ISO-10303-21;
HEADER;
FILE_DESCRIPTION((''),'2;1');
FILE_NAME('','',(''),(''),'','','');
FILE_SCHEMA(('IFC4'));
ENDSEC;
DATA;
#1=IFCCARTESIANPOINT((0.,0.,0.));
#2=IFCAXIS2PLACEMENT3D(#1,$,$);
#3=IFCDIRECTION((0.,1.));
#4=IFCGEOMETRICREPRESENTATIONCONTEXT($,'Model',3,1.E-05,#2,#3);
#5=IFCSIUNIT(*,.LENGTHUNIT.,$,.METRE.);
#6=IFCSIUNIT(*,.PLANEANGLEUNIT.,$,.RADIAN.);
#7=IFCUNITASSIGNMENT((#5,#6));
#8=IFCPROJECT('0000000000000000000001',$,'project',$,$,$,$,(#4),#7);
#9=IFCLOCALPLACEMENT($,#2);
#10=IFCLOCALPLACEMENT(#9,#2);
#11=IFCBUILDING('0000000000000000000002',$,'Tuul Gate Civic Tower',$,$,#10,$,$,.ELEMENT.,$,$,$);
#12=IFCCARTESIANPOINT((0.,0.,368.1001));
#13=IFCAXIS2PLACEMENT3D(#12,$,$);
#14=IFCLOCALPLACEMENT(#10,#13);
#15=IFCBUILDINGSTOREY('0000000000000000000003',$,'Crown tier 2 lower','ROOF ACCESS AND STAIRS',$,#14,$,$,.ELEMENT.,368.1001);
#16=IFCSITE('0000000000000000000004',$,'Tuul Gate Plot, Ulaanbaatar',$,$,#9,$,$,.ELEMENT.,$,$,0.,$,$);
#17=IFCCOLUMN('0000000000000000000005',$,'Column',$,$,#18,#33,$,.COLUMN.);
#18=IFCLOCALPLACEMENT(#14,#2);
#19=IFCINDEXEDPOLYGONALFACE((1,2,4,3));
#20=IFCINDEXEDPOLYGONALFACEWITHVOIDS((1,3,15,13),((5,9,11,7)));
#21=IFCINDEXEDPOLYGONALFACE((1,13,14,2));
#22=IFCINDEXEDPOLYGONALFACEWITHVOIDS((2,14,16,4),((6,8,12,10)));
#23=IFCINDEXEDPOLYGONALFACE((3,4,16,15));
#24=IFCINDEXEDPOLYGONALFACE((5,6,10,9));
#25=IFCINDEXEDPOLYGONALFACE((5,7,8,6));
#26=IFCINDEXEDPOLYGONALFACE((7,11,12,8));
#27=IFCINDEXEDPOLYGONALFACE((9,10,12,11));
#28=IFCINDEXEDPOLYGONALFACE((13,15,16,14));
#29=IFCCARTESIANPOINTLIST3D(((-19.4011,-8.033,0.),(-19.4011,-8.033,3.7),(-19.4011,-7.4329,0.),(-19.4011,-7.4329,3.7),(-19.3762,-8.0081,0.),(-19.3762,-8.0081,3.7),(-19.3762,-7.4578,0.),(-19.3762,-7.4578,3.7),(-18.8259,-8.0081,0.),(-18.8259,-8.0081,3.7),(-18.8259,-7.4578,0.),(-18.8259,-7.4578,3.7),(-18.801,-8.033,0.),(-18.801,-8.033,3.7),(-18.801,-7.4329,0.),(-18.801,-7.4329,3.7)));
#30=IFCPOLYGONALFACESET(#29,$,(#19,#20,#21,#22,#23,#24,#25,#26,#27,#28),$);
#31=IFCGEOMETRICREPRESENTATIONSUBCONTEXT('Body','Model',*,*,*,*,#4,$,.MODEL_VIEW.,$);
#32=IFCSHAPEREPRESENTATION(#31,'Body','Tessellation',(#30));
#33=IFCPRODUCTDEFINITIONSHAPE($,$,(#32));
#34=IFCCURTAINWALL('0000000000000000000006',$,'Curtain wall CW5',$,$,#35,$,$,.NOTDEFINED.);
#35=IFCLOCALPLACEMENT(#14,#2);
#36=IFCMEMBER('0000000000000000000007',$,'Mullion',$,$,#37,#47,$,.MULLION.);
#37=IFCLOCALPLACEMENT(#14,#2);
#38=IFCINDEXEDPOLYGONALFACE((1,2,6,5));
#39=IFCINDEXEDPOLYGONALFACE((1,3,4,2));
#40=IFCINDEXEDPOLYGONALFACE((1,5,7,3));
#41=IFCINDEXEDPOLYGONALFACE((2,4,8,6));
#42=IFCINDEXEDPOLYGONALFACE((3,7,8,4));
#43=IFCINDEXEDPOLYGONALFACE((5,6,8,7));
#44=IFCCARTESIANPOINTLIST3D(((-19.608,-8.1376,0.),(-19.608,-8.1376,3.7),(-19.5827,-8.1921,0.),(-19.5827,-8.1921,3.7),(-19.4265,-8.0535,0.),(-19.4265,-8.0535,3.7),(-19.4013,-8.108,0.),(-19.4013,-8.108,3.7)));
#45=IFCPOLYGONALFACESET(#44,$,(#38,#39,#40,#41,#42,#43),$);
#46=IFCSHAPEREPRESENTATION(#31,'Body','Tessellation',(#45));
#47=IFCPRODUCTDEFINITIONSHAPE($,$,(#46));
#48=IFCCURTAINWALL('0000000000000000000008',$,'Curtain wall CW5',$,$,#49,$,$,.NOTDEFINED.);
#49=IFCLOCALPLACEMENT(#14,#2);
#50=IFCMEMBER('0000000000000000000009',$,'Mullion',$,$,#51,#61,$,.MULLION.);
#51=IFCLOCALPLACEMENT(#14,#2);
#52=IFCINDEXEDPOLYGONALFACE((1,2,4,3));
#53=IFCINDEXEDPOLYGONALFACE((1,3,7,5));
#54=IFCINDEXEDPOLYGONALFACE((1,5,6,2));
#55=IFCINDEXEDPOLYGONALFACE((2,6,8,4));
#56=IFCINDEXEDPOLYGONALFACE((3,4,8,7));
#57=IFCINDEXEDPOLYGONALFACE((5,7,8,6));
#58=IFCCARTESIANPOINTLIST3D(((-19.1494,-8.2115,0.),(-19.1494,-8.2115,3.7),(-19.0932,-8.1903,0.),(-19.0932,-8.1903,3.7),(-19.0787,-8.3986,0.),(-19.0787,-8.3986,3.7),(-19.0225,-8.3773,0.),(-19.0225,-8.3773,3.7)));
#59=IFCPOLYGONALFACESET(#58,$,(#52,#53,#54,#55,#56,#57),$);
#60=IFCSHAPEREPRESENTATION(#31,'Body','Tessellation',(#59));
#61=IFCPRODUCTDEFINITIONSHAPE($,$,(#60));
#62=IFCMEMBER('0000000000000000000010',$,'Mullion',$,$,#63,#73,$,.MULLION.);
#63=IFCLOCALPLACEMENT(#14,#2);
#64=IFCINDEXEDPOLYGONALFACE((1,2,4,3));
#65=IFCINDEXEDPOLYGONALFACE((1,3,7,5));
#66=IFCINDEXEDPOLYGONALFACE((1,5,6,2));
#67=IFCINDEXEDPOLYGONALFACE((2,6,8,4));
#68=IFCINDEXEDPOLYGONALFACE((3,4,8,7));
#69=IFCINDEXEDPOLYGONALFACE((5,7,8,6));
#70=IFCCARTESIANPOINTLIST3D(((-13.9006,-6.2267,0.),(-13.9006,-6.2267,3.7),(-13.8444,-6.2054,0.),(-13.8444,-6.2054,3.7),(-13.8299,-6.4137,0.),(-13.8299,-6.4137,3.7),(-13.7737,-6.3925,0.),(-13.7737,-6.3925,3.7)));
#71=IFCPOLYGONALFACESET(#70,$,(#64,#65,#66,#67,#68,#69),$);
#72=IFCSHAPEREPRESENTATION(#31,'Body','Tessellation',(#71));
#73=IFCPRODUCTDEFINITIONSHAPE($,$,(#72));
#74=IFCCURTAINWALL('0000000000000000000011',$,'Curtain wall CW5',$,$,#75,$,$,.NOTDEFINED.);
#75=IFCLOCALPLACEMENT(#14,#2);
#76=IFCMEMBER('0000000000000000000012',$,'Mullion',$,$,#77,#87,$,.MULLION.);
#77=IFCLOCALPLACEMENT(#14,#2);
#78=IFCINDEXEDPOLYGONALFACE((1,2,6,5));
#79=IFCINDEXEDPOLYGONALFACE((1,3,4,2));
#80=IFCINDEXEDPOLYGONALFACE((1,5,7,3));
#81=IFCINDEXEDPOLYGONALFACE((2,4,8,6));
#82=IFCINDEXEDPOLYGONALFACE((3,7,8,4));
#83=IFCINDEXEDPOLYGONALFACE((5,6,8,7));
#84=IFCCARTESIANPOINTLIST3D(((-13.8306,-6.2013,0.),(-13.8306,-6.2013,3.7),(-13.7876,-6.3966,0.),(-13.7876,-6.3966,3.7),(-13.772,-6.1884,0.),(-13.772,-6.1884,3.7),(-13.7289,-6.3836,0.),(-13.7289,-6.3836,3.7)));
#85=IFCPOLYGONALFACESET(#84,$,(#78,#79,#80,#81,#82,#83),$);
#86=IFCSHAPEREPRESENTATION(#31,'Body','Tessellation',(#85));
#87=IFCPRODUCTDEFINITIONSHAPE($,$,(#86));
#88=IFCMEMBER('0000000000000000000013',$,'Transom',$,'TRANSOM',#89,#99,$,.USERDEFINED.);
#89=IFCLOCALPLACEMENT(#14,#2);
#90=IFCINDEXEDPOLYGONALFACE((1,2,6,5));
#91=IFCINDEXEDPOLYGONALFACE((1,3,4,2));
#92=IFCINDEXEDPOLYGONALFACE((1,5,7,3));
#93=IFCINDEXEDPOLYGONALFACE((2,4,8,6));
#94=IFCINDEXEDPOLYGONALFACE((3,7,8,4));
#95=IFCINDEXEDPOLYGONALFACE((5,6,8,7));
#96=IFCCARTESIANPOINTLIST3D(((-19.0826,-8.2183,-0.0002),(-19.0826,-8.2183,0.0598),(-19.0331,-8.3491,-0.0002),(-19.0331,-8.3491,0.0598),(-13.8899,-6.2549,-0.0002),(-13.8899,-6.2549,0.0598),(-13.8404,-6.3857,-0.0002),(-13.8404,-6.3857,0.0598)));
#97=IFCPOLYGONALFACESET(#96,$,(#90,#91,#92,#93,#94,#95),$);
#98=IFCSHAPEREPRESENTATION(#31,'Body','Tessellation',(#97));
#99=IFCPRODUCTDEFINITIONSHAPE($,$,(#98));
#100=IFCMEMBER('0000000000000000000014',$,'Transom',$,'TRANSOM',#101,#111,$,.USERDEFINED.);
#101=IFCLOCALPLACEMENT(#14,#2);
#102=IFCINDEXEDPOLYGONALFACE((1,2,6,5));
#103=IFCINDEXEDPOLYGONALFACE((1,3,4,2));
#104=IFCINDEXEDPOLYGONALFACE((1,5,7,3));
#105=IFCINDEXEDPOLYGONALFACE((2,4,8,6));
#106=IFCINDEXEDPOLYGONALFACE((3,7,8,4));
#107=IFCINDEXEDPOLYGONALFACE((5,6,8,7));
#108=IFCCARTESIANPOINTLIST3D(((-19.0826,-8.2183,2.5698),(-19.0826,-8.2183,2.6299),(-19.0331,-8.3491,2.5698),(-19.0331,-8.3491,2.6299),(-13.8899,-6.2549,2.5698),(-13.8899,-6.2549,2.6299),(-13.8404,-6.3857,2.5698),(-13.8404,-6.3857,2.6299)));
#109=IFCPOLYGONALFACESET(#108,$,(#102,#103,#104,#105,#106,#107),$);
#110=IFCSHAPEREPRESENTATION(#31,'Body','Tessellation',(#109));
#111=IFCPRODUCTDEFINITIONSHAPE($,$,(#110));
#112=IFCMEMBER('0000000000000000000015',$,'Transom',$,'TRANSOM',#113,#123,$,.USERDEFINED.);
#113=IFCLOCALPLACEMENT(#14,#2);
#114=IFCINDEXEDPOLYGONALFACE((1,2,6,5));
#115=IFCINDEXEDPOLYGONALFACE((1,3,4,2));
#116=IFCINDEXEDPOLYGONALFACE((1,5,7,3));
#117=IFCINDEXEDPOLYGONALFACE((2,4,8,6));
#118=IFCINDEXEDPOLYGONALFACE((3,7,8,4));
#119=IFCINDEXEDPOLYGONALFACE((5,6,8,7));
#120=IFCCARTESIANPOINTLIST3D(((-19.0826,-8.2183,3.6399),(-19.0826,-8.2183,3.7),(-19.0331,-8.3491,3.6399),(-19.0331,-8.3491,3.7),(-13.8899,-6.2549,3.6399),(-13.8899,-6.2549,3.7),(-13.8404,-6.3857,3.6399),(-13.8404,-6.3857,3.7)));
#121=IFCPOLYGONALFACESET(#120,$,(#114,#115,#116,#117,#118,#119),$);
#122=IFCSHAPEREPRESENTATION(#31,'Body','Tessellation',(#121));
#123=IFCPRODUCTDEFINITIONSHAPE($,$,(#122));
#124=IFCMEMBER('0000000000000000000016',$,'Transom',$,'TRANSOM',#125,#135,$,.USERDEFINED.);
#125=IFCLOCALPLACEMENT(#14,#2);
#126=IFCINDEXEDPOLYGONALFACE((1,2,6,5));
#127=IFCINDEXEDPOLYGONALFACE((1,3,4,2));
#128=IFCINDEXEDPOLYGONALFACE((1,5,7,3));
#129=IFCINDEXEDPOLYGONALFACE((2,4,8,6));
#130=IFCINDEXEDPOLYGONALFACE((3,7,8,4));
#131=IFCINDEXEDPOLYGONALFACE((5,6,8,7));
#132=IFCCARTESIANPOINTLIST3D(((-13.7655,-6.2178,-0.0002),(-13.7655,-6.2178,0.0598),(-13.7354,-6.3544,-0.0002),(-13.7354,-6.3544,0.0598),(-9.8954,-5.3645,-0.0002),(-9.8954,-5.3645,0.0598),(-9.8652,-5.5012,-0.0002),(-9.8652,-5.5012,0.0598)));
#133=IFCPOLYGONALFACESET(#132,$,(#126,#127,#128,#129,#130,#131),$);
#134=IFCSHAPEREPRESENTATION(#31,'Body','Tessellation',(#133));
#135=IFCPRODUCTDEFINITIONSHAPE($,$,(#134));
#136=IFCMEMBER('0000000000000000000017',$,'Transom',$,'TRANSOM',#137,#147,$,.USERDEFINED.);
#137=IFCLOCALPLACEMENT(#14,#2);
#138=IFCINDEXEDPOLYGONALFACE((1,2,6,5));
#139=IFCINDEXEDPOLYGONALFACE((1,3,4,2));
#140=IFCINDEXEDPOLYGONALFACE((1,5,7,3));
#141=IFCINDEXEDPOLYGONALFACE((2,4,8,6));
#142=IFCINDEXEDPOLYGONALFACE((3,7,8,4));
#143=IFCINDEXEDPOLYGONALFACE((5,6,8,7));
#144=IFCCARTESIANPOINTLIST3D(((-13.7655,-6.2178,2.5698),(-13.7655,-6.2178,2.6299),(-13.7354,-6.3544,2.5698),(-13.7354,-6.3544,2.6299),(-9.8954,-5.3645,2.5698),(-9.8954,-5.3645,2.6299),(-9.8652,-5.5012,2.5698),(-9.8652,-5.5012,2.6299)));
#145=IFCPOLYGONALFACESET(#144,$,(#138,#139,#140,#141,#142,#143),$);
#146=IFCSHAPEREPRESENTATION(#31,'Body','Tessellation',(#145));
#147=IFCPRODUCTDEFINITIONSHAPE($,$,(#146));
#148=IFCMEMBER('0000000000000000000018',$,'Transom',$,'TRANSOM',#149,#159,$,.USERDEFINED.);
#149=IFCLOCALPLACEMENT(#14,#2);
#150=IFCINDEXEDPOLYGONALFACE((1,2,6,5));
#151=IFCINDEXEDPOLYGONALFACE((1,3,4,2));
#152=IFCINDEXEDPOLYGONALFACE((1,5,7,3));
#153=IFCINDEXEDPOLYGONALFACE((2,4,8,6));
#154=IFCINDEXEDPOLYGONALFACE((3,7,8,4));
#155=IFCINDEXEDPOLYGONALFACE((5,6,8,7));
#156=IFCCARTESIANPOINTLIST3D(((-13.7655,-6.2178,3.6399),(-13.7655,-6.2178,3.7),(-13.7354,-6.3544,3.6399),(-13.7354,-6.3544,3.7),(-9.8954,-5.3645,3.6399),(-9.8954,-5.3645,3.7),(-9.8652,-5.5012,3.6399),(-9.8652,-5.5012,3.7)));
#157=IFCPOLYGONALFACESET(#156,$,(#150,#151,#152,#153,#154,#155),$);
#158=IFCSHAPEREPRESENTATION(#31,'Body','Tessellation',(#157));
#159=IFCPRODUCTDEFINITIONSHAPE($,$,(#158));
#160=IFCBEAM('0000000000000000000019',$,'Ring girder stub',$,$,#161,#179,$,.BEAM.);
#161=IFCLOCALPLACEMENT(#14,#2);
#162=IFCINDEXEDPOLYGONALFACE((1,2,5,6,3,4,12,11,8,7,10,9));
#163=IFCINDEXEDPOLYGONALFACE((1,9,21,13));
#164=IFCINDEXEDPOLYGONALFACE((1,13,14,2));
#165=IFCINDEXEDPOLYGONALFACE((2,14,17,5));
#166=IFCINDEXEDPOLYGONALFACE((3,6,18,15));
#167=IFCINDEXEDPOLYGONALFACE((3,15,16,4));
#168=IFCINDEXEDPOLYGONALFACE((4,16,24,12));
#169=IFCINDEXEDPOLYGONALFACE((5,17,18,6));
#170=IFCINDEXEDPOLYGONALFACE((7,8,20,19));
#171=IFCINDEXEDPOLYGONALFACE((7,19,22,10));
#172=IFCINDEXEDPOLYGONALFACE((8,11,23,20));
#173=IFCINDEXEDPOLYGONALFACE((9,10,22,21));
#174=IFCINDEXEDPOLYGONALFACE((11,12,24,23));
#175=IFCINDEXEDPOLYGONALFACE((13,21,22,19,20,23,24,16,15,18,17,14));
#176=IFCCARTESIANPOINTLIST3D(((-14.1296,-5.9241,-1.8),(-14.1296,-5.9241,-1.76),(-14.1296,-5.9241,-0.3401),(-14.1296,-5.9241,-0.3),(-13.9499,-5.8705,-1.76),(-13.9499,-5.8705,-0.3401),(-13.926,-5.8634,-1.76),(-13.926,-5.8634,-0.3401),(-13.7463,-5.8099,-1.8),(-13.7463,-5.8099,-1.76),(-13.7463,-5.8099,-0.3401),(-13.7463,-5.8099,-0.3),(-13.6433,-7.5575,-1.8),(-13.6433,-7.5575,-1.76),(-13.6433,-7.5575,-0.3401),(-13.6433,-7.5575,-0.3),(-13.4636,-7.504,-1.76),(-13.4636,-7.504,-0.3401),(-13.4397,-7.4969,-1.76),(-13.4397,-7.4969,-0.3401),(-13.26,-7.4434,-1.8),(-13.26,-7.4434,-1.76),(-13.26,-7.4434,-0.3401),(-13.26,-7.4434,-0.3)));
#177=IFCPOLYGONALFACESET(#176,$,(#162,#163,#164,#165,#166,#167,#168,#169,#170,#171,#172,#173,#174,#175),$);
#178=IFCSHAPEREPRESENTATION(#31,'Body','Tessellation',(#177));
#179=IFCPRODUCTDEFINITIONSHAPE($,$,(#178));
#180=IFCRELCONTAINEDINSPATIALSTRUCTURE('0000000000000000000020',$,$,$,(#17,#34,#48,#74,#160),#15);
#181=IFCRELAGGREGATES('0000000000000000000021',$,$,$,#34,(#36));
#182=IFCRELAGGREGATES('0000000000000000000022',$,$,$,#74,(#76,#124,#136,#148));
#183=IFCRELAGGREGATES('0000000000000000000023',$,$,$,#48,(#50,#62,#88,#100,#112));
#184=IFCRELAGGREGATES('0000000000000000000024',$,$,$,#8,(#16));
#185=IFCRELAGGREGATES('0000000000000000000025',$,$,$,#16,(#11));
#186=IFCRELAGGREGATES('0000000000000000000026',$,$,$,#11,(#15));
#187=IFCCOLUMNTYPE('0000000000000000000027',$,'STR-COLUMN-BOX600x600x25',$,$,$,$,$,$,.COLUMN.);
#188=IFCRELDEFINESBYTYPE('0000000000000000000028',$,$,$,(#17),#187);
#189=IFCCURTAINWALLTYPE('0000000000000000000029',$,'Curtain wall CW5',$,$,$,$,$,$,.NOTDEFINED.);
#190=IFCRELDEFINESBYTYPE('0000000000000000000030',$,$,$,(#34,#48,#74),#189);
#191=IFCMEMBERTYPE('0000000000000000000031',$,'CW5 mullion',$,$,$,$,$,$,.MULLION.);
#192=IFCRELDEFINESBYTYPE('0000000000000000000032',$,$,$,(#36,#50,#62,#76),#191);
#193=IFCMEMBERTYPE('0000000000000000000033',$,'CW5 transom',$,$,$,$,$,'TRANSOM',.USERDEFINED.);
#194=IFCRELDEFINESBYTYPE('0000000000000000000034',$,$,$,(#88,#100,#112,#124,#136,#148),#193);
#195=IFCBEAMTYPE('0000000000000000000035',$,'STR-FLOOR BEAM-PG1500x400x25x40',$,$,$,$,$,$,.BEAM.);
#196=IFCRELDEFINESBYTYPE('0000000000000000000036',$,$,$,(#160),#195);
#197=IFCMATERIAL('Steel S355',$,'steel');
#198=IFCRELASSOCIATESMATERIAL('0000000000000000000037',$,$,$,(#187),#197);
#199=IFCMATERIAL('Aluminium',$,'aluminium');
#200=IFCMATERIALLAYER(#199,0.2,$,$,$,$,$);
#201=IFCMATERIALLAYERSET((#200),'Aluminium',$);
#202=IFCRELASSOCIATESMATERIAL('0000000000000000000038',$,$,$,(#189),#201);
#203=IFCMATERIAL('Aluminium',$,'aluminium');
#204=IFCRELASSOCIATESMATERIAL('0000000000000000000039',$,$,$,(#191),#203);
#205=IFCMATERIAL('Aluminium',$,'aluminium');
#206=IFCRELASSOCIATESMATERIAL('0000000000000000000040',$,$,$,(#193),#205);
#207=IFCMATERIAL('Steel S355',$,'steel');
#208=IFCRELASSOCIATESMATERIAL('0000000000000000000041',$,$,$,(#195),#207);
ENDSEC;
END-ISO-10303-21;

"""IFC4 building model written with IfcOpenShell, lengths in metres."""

from ifc_helpers import new_model, si_unit, direction, frame, origin, origin_2d, place, context, subcontext, project, spatial, rectangle, hollow_rectangle, i_section, extrude, material, layer, layer_set, material_profile, profile_set, type_object, element, aggregate, save


model = new_model("IFC4")

# Units and contexts
model_context = context("Model", 3, precision=1e-05, world=origin(), true_north=direction((0.0, 1.0)))
body_context = subcontext(model_context, "Body", "Model", "MODEL_VIEW")
ifc_project = project(units=[si_unit("LENGTHUNIT", "METRE"), si_unit("PLANEANGLEUNIT", "RADIAN")], contexts=[model_context])

# Site, building, storey
site_placement = place(None, origin())
site = spatial("IfcSite", under=ifc_project, at=site_placement, Name="Tuul Gate Plot, Ulaanbaatar", CompositionType="ELEMENT", RefElevation=0.0)
building_placement = place(site_placement, origin())
building = spatial("IfcBuilding", under=site, at=building_placement, Name="Tuul Gate Civic Tower", CompositionType="ELEMENT")
storey_placement = place(building_placement, frame((0.0, 0.0, 368.1001)))
storey = spatial("IfcBuildingStorey", under=building, at=storey_placement, Name="Crown tier 2 lower", Description="ROOF ACCESS AND STAIRS", CompositionType="ELEMENT", Elevation=368.1001)

# Column
ifc_material_1 = material(Name="Steel S355", Category="steel")
ifc_material_profile_1 = material_profile(ifc_material_1, hollow_rectangle(XDim=0.6001, YDim=0.6001, WallThickness=0.0249, at=origin_2d()), Name="BOX600x600x25")
ifc_profile_set_1 = profile_set([ifc_material_profile_1], Name="Steel S355")
column_type = type_object("IfcColumnType", Name="STR-COLUMN-BOX600x600x25", PredefinedType="COLUMN", material=ifc_profile_set_1)
column_placement = place(storey_placement, frame((-19.1011, -7.7329, 0.0), z_axis=(0.0, 0.0, 1.0), x_axis=(1.0, 0.0, 0.0)))
element("IfcColumn", 1, at=column_placement, inside=storey, type_object=column_type, Name="Column", PredefinedType="COLUMN", context=body_context, shape_type="SweptSolid", body=[
    extrude(hollow_rectangle(XDim=0.6001, YDim=0.6001, WallThickness=0.0249, at=origin_2d()), origin(), (0.0, 0.0, 1.0), 3.7),
])

# Curtain wall, member
ifc_material_2 = material(Name="Aluminium", Category="aluminium")
ifc_layer_1 = layer(ifc_material_2, 0.2)
ifc_layer_set_1 = layer_set([ifc_layer_1], Name="Aluminium")
curtain_wall_type = type_object("IfcCurtainWallType", Name="Curtain wall CW5", PredefinedType="NOTDEFINED", material=ifc_layer_set_1)
curtain_wall_1_placement = place(storey_placement, origin())
curtain_wall_1 = element("IfcCurtainWall", 2, at=curtain_wall_1_placement, inside=storey, type_object=curtain_wall_type, Name="Curtain wall CW5", PredefinedType="NOTDEFINED")
ifc_material_3 = material(Name="Aluminium", Category="aluminium")
ifc_material_profile_2 = material_profile(ifc_material_3, rectangle(XDim=0.2, YDim=0.0601, at=origin_2d()), Name="CW5 mullion")
ifc_profile_set_2 = profile_set([ifc_material_profile_2], Name="Aluminium")
member_type_1 = type_object("IfcMemberType", Name="CW5 mullion", PredefinedType="MULLION", material=ifc_profile_set_2)
member_1_placement = place(storey_placement, frame((-19.5046, -8.1228, 0.0), z_axis=(0.0, 0.0, 1.0), x_axis=(0.907349, 0.420379, 0.0)))
member_1 = element("IfcMember", 3, at=member_1_placement, type_object=member_type_1, Name="Mullion", PredefinedType="MULLION", context=body_context, shape_type="SweptSolid", body=[
    extrude(rectangle(XDim=0.2, YDim=0.0601, at=origin_2d()), origin(), (0.0, 0.0, 1.0), 3.7),
])
aggregate(curtain_wall_1, [member_1])

# Curtain wall, members
curtain_wall_2_placement = place(storey_placement, origin())
curtain_wall_2 = element("IfcCurtainWall", 4, at=curtain_wall_2_placement, inside=storey, type_object=curtain_wall_type, Name="Curtain wall CW5", PredefinedType="NOTDEFINED")
member_2_placement = place(storey_placement, frame((-19.0859, -8.2944, 0.0), z_axis=(0.0, 0.0, 1.0), x_axis=(-0.353692, 0.935362, 0.0)))
member_2 = element("IfcMember", 5, at=member_2_placement, type_object=member_type_1, Name="Mullion", PredefinedType="MULLION", context=body_context, shape_type="SweptSolid", body=[
    extrude(rectangle(XDim=0.2, YDim=0.0601, at=origin_2d()), origin(), (0.0, 0.0, 1.0), 3.7),
])
member_3_placement = place(storey_placement, frame((-13.8372, -6.3096, 0.0), z_axis=(0.0, 0.0, 1.0), x_axis=(-0.353692, 0.935362, 0.0)))
member_3 = element("IfcMember", 6, at=member_3_placement, type_object=member_type_1, Name="Mullion", PredefinedType="MULLION", context=body_context, shape_type="SweptSolid", body=[
    extrude(rectangle(XDim=0.2, YDim=0.0601, at=origin_2d()), origin(), (0.0, 0.0, 1.0), 3.7),
])

# Curtain wall, member
curtain_wall_3_placement = place(storey_placement, origin())
curtain_wall_3 = element("IfcCurtainWall", 7, at=curtain_wall_3_placement, inside=storey, type_object=curtain_wall_type, Name="Curtain wall CW5", PredefinedType="NOTDEFINED")
member_4_placement = place(storey_placement, frame((-13.7798, -6.2925, 0.0), z_axis=(0.0, 0.0, 1.0), x_axis=(-0.215271, 0.976554, 0.0)))
member_4 = element("IfcMember", 8, at=member_4_placement, type_object=member_type_1, Name="Mullion", PredefinedType="MULLION", context=body_context, shape_type="SweptSolid", body=[
    extrude(rectangle(XDim=0.2, YDim=0.0601, at=origin_2d()), origin(), (0.0, 0.0, 1.0), 3.7),
])

# Members
ifc_material_4 = material(Name="Aluminium", Category="aluminium")
ifc_material_profile_3 = material_profile(ifc_material_4, rectangle(XDim=0.1399, YDim=0.0601, at=origin_2d()), Name="CW5 transom")
ifc_profile_set_3 = profile_set([ifc_material_profile_3], Name="Aluminium")
member_type_2 = type_object("IfcMemberType", Name="CW5 transom", ElementType="TRANSOM", PredefinedType="USERDEFINED", material=ifc_profile_set_3)
member_5_placement = place(storey_placement, frame((-19.0579, -8.2837, 0.0298), z_axis=(0.93537, 0.353672, 0.0), x_axis=(-0.353672, 0.93537, 0.0)))
member_5 = element("IfcMember", 9, at=member_5_placement, type_object=member_type_2, Name="Transom", ObjectType="TRANSOM", PredefinedType="USERDEFINED", context=body_context, shape_type="SweptSolid", body=[
    extrude(rectangle(XDim=0.1399, YDim=0.0601, at=origin_2d()), origin(), (0.0, 0.0, 1.0), 5.5515),
])
member_6_placement = place(storey_placement, frame((-19.0579, -8.2837, 2.5999), z_axis=(0.93537, 0.353672, 0.0), x_axis=(-0.353672, 0.93537, 0.0)))
member_6 = element("IfcMember", 10, at=member_6_placement, type_object=member_type_2, Name="Transom", ObjectType="TRANSOM", PredefinedType="USERDEFINED", context=body_context, shape_type="SweptSolid", body=[
    extrude(rectangle(XDim=0.1399, YDim=0.0601, at=origin_2d()), origin(), (0.0, 0.0, 1.0), 5.5515),
])
member_7_placement = place(storey_placement, frame((-19.0579, -8.2837, 3.6699), z_axis=(0.93537, 0.353672, 0.0), x_axis=(-0.353672, 0.93537, 0.0)))
member_7 = element("IfcMember", 11, at=member_7_placement, type_object=member_type_2, Name="Transom", ObjectType="TRANSOM", PredefinedType="USERDEFINED", context=body_context, shape_type="SweptSolid", body=[
    extrude(rectangle(XDim=0.1399, YDim=0.0601, at=origin_2d()), origin(), (0.0, 0.0, 1.0), 5.5515),
])
member_8_placement = place(storey_placement, frame((-13.7505, -6.2861, 0.0298), z_axis=(0.976547, 0.215306, 0.0), x_axis=(-0.215306, 0.976547, 0.0)))
member_8 = element("IfcMember", 12, at=member_8_placement, type_object=member_type_2, Name="Transom", ObjectType="TRANSOM", PredefinedType="USERDEFINED", context=body_context, shape_type="SweptSolid", body=[
    extrude(rectangle(XDim=0.1399, YDim=0.0601, at=origin_2d()), origin(), (0.0, 0.0, 1.0), 3.9631),
])
member_9_placement = place(storey_placement, frame((-13.7505, -6.2861, 2.5999), z_axis=(0.976547, 0.215306, 0.0), x_axis=(-0.215306, 0.976547, 0.0)))
member_9 = element("IfcMember", 13, at=member_9_placement, type_object=member_type_2, Name="Transom", ObjectType="TRANSOM", PredefinedType="USERDEFINED", context=body_context, shape_type="SweptSolid", body=[
    extrude(rectangle(XDim=0.1399, YDim=0.0601, at=origin_2d()), origin(), (0.0, 0.0, 1.0), 3.9631),
])
member_10_placement = place(storey_placement, frame((-13.7505, -6.2861, 3.6699), z_axis=(0.976547, 0.215306, 0.0), x_axis=(-0.215306, 0.976547, 0.0)))
member_10 = element("IfcMember", 14, at=member_10_placement, type_object=member_type_2, Name="Transom", ObjectType="TRANSOM", PredefinedType="USERDEFINED", context=body_context, shape_type="SweptSolid", body=[
    extrude(rectangle(XDim=0.1399, YDim=0.0601, at=origin_2d()), origin(), (0.0, 0.0, 1.0), 3.9631),
])
aggregate(curtain_wall_3, [member_4, member_8, member_9, member_10])

# Beam
ifc_material_5 = material(Name="Steel S355", Category="steel")
ifc_material_profile_4 = material_profile(ifc_material_5, i_section(OverallWidth=0.3999, OverallDepth=1.5, WebThickness=0.0249, FlangeThickness=0.04, at=origin_2d()), Name="PG1500x400x25x40")
ifc_profile_set_4 = profile_set([ifc_material_profile_4], Name="Steel S355")
beam_type_1 = type_object("IfcBeamType", Name="STR-FLOOR BEAM-PG1500x400x25x40", PredefinedType="BEAM", material=ifc_profile_set_4)
beam_1_placement = place(storey_placement, frame((-13.4517, -7.5005, -1.05), z_axis=(-0.285337, 0.958427, 0.0), x_axis=(-0.958427, -0.285337, 0.0)))
element("IfcBeam", 15, at=beam_1_placement, inside=storey, type_object=beam_type_1, Name="Ring girder stub", PredefinedType="BEAM", context=body_context, shape_type="SweptSolid", body=[
    extrude(i_section(OverallWidth=0.3999, OverallDepth=1.5, WebThickness=0.0249, FlangeThickness=0.04, at=origin_2d()), origin(), (0.0, 0.0, 1.0), 1.7043),
])

aggregate(curtain_wall_2, [member_2, member_3, member_5, member_6, member_7])

save(model, "model.ifc")
